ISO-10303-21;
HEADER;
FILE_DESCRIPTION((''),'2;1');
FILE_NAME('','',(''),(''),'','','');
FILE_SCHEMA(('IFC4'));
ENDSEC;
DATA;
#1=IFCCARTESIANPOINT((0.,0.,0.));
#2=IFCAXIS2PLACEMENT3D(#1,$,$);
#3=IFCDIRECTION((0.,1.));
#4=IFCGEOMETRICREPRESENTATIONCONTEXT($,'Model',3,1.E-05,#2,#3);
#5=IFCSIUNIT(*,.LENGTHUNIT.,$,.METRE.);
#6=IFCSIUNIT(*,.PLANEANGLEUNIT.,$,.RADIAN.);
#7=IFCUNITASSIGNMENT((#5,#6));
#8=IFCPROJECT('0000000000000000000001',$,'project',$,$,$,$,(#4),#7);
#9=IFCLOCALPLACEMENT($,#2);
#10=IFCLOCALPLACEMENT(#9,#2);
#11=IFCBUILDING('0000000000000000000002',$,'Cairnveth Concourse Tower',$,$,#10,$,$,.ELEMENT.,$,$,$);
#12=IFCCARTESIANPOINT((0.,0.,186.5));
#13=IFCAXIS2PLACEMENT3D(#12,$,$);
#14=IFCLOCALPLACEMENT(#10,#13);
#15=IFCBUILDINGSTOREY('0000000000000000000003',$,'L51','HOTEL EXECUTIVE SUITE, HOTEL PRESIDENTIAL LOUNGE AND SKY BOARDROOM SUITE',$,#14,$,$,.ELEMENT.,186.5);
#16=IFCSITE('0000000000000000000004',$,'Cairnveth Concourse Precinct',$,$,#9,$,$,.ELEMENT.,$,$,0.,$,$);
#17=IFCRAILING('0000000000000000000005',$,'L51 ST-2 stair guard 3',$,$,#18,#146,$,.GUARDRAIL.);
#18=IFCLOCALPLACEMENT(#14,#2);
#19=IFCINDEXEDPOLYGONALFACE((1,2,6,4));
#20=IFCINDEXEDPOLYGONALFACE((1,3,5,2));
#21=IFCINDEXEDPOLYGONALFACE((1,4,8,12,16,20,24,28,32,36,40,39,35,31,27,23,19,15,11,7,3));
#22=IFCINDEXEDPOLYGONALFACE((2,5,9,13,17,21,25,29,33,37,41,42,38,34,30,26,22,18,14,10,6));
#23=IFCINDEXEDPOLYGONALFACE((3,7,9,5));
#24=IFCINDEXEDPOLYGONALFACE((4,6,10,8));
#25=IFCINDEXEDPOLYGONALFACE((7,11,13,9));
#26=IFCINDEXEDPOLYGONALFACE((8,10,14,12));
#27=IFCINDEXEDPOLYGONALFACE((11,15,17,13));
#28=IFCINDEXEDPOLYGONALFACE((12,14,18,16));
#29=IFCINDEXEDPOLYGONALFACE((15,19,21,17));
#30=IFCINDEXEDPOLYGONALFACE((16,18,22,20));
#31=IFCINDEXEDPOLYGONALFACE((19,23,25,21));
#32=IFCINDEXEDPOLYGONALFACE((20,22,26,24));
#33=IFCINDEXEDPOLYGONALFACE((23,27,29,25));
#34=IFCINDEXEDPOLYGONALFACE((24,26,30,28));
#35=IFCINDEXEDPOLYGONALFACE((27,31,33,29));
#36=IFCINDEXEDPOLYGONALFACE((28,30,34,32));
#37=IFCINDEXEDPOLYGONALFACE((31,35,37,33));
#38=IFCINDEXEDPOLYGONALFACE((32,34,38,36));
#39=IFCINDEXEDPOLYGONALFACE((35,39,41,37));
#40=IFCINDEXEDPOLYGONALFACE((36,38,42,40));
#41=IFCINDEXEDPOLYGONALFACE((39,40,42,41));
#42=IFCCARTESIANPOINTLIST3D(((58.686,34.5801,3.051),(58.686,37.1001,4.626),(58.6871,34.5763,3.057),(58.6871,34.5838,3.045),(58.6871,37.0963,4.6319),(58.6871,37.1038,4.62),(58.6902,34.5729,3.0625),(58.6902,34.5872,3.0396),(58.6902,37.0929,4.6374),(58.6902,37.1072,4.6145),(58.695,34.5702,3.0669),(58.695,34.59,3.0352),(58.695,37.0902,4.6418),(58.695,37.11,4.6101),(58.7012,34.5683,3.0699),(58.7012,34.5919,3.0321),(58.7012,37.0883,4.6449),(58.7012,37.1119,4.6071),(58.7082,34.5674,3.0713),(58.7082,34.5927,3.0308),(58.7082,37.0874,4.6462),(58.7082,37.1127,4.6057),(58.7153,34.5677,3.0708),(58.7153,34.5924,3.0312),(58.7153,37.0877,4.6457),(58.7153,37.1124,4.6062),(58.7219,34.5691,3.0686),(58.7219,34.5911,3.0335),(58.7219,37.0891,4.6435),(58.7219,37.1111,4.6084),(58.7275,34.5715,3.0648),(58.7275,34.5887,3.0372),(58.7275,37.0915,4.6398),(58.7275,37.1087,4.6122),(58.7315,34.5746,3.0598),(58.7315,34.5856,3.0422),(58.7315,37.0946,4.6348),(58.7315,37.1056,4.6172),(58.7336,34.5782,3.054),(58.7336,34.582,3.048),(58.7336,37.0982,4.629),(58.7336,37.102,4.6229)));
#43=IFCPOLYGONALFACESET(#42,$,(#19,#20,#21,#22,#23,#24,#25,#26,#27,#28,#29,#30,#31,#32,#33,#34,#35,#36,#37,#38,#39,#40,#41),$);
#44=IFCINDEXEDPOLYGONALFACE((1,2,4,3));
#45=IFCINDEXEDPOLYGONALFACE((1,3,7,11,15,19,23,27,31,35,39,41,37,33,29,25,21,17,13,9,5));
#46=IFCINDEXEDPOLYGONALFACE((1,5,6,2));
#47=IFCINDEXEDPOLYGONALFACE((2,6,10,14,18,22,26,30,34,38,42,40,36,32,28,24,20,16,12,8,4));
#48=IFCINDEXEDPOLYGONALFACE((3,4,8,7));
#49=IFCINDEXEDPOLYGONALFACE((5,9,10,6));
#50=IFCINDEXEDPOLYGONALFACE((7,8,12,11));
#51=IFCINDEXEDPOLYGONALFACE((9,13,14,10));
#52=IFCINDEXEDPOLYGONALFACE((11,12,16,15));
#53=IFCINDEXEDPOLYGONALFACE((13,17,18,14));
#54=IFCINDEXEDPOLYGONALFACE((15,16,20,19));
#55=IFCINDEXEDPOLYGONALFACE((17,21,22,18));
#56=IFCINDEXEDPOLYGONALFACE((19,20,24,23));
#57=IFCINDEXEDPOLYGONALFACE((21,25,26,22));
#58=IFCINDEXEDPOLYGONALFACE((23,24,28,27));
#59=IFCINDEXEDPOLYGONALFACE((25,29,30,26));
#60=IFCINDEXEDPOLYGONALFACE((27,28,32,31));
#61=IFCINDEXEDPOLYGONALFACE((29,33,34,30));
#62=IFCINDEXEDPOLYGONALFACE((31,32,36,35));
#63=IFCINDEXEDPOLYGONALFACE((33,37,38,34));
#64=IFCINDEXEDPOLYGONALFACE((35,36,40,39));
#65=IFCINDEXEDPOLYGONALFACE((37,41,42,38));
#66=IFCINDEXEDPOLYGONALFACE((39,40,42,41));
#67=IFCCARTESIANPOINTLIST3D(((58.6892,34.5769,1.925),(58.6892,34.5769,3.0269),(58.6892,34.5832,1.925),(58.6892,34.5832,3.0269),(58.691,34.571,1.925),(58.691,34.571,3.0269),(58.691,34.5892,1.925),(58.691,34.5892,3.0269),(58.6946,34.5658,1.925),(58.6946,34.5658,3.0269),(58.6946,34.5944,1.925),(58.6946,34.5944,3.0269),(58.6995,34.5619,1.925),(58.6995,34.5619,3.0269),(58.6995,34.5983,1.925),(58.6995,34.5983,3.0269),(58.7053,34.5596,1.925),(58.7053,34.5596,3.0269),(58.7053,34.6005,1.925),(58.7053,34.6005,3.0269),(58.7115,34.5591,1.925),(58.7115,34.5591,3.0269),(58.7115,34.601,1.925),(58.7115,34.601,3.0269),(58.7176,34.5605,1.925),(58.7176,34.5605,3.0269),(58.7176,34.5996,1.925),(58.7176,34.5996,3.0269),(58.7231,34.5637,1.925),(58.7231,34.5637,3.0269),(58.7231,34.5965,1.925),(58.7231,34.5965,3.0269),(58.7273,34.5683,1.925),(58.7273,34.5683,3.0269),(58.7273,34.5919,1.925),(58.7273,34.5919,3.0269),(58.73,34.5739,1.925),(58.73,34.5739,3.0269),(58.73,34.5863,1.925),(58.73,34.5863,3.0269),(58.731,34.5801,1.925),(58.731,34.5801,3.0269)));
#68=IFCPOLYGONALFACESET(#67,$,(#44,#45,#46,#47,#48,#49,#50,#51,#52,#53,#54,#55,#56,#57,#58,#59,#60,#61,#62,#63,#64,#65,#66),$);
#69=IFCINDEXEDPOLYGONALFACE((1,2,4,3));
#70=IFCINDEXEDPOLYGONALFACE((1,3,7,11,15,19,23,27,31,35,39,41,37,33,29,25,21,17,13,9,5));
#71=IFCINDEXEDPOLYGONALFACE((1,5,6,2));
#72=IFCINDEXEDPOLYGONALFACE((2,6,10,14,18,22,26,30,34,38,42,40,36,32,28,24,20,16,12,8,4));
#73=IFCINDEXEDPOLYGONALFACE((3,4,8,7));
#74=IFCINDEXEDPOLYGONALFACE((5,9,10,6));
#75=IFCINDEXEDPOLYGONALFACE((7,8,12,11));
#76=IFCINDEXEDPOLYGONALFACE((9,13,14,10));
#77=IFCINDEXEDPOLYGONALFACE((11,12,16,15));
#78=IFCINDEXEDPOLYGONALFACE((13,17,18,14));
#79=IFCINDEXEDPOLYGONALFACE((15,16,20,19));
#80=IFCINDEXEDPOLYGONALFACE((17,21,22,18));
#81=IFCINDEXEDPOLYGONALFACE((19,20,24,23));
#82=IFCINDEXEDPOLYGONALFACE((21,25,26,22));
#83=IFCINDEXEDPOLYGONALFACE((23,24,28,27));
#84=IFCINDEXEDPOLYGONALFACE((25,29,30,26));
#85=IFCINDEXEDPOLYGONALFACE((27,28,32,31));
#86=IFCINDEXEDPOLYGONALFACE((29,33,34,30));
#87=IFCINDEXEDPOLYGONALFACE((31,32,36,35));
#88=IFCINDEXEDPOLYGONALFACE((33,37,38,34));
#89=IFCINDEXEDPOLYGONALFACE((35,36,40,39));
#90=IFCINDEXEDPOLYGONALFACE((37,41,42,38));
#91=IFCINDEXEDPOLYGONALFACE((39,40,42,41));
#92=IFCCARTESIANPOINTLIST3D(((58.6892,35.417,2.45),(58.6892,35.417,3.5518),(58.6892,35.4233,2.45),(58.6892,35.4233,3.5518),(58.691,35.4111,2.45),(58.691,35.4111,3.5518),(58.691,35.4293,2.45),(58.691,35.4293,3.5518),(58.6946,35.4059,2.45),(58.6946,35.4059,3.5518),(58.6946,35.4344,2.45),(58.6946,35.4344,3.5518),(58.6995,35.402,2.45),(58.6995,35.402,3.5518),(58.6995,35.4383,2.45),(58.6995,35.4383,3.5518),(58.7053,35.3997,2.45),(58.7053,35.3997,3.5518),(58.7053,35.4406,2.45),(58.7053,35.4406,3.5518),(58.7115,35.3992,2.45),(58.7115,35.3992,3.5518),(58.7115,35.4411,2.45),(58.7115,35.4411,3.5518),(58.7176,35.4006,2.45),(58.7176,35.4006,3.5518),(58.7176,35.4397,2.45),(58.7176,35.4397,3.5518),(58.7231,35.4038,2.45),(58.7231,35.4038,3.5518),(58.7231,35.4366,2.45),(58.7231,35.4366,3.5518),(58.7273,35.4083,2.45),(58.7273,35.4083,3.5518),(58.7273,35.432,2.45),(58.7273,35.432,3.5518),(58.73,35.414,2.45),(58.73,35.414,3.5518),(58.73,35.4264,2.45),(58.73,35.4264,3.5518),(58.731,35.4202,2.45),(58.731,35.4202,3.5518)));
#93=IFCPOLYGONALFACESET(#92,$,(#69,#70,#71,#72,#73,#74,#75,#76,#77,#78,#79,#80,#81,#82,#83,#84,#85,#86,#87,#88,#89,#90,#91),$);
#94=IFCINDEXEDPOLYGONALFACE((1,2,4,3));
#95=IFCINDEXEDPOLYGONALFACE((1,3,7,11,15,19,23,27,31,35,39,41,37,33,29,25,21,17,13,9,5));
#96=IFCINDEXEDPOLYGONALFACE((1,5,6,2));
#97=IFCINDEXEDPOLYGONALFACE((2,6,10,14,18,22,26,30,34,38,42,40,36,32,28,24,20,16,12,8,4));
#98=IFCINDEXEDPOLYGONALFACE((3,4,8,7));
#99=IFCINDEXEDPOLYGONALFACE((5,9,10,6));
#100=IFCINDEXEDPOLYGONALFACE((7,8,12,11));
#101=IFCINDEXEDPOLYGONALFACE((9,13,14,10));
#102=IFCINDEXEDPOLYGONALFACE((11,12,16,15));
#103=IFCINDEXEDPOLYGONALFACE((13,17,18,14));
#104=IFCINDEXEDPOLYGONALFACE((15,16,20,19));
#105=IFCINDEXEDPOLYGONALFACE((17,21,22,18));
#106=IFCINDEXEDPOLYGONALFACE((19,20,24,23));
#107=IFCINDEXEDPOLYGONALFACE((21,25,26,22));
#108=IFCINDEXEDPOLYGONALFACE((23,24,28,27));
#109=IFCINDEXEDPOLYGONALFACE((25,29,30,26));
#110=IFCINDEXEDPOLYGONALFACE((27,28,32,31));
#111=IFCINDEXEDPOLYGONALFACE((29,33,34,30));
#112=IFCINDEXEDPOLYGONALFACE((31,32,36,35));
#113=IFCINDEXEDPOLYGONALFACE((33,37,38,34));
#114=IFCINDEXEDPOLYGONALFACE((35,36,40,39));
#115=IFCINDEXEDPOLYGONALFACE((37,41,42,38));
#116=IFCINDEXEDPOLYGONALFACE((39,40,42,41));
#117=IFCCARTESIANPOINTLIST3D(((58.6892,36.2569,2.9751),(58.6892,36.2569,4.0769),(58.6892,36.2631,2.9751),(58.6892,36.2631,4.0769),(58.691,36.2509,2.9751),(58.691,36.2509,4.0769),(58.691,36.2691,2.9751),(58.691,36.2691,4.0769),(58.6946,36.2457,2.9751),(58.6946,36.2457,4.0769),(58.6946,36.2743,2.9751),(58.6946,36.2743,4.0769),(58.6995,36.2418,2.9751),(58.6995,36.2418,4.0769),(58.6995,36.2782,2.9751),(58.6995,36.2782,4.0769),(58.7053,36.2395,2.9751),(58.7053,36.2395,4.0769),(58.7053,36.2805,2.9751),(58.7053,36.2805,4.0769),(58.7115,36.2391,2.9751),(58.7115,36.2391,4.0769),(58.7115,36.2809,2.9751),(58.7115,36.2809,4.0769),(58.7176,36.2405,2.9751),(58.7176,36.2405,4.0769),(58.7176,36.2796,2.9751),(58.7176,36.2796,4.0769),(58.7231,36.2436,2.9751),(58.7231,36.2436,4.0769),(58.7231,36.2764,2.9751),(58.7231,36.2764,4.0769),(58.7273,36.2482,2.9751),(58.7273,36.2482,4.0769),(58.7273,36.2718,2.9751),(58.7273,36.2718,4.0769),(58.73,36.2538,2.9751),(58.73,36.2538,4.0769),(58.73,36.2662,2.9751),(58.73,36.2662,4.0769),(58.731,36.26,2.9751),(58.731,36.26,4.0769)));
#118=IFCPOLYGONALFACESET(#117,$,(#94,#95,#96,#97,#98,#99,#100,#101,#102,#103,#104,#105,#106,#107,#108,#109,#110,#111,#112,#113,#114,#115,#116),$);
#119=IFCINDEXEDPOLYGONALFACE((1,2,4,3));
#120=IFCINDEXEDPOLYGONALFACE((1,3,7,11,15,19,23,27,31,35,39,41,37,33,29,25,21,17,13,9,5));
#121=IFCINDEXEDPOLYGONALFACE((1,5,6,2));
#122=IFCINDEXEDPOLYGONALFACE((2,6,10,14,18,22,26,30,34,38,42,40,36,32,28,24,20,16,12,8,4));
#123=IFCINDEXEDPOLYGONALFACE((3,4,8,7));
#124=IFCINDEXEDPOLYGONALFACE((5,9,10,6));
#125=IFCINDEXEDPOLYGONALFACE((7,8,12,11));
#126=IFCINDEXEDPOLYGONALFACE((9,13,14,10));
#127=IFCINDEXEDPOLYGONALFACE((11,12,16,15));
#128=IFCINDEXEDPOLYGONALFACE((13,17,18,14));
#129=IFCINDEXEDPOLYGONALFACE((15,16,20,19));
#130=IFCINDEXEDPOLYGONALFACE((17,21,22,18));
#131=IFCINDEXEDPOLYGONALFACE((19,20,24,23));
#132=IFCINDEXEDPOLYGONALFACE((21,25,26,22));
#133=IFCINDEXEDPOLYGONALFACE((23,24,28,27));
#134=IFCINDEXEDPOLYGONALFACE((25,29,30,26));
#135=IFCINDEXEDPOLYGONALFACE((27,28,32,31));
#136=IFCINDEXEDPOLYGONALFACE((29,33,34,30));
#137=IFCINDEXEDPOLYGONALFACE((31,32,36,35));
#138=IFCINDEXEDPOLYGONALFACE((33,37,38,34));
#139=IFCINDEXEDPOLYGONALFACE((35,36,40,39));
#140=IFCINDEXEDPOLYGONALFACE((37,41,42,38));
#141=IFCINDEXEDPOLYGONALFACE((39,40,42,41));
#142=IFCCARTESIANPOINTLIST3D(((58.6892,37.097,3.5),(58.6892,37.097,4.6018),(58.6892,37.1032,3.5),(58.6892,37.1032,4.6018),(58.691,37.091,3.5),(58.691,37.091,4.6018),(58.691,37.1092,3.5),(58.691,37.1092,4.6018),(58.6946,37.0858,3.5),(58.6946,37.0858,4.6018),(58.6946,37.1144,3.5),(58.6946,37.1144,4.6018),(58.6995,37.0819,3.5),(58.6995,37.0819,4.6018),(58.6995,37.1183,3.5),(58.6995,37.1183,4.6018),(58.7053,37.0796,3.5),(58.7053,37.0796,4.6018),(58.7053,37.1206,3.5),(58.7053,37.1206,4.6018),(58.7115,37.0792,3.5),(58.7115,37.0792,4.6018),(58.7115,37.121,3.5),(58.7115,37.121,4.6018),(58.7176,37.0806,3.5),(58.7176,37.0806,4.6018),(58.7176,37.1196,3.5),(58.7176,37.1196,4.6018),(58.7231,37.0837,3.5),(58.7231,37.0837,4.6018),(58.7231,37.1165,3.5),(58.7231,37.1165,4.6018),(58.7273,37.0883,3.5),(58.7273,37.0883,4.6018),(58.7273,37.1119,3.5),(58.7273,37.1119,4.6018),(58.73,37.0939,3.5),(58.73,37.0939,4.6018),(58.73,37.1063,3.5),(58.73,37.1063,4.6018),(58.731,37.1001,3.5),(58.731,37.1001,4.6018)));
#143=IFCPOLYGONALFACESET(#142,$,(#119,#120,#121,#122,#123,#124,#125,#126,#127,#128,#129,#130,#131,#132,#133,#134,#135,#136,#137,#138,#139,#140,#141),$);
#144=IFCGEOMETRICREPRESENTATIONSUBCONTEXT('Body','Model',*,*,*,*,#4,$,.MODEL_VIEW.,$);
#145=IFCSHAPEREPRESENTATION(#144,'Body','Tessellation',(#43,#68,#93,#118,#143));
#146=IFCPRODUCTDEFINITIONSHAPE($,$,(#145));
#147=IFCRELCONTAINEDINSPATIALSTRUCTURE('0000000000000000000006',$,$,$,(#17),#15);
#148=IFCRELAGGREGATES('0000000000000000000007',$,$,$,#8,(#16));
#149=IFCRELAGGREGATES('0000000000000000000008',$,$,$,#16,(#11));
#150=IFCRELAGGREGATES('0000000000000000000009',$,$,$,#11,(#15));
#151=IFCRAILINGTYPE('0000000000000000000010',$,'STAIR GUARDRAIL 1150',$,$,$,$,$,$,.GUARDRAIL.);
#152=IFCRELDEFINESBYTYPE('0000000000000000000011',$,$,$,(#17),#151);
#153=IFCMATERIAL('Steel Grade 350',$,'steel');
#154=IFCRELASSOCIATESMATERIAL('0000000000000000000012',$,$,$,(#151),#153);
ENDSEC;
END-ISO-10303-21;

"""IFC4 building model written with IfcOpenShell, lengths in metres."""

from ifc_helpers import new_model, si_unit, direction, frame, origin, origin_2d, place, context, subcontext, project, spatial, circle, extrude, material, type_object, element, save


model = new_model("IFC4")

# Units and contexts
model_context = context("Model", 3, precision=1e-05, world=origin(), true_north=direction((0.0, 1.0)))
body_context = subcontext(model_context, "Body", "Model", "MODEL_VIEW")
ifc_project = project(units=[si_unit("LENGTHUNIT", "METRE"), si_unit("PLANEANGLEUNIT", "RADIAN")], contexts=[model_context])

# Site, building, storey
site_placement = place(None, origin())
site = spatial("IfcSite", under=ifc_project, at=site_placement, Name="Cairnveth Concourse Precinct", CompositionType="ELEMENT", RefElevation=0.0)
building_placement = place(site_placement, origin())
building = spatial("IfcBuilding", under=site, at=building_placement, Name="Cairnveth Concourse Tower", CompositionType="ELEMENT")
storey_placement = place(building_placement, frame((0.0, 0.0, 186.5)))
storey = spatial("IfcBuildingStorey", under=building, at=storey_placement, Name="L51", Description="HOTEL EXECUTIVE SUITE, HOTEL PRESIDENTIAL LOUNGE AND SKY BOARDROOM SUITE", CompositionType="ELEMENT", Elevation=186.5)

# Shared definitions
ifc_material_1 = material(Name="Steel Grade 350", Category="steel")

# Railing
railing_type_1 = type_object("IfcRailingType", Name="STAIR GUARDRAIL 1150", PredefinedType="GUARDRAIL", material=ifc_material_1)
railing_1_placement = place(storey_placement, frame((58.71, 34.5801, 1.925)))
element("IfcRailing", 1, at=railing_1_placement, inside=storey, type_object=railing_type_1, Name="L51 ST-2 stair guard 3", PredefinedType="GUARDRAIL", context=body_context, shape_type="SweptSolid", body=[
    extrude(circle(Radius=0.0239, at=origin_2d()), frame((0.0, 0.0, 1.126), z_axis=(0.0, 0.848008, 0.529984), x_axis=(-1.0, 0.0, 0.0)), (0.0, 0.0, 1.0), 2.9717),
    extrude(circle(Radius=0.021, at=origin_2d()), origin(), (0.0, 0.0, 1.0), 1.1018),
    extrude(circle(Radius=0.021, at=origin_2d()), frame((0.0, 0.8401, 0.5249)), (0.0, 0.0, 1.0), 1.1018),
    extrude(circle(Radius=0.021, at=origin_2d()), frame((0.0, 1.6799, 1.05)), (0.0, 0.0, 1.0), 1.1018),
    extrude(circle(Radius=0.021, at=origin_2d()), frame((0.0, 2.52, 1.575)), (0.0, 0.0, 1.0), 1.1018),
])

save(model, "model.ifc")
